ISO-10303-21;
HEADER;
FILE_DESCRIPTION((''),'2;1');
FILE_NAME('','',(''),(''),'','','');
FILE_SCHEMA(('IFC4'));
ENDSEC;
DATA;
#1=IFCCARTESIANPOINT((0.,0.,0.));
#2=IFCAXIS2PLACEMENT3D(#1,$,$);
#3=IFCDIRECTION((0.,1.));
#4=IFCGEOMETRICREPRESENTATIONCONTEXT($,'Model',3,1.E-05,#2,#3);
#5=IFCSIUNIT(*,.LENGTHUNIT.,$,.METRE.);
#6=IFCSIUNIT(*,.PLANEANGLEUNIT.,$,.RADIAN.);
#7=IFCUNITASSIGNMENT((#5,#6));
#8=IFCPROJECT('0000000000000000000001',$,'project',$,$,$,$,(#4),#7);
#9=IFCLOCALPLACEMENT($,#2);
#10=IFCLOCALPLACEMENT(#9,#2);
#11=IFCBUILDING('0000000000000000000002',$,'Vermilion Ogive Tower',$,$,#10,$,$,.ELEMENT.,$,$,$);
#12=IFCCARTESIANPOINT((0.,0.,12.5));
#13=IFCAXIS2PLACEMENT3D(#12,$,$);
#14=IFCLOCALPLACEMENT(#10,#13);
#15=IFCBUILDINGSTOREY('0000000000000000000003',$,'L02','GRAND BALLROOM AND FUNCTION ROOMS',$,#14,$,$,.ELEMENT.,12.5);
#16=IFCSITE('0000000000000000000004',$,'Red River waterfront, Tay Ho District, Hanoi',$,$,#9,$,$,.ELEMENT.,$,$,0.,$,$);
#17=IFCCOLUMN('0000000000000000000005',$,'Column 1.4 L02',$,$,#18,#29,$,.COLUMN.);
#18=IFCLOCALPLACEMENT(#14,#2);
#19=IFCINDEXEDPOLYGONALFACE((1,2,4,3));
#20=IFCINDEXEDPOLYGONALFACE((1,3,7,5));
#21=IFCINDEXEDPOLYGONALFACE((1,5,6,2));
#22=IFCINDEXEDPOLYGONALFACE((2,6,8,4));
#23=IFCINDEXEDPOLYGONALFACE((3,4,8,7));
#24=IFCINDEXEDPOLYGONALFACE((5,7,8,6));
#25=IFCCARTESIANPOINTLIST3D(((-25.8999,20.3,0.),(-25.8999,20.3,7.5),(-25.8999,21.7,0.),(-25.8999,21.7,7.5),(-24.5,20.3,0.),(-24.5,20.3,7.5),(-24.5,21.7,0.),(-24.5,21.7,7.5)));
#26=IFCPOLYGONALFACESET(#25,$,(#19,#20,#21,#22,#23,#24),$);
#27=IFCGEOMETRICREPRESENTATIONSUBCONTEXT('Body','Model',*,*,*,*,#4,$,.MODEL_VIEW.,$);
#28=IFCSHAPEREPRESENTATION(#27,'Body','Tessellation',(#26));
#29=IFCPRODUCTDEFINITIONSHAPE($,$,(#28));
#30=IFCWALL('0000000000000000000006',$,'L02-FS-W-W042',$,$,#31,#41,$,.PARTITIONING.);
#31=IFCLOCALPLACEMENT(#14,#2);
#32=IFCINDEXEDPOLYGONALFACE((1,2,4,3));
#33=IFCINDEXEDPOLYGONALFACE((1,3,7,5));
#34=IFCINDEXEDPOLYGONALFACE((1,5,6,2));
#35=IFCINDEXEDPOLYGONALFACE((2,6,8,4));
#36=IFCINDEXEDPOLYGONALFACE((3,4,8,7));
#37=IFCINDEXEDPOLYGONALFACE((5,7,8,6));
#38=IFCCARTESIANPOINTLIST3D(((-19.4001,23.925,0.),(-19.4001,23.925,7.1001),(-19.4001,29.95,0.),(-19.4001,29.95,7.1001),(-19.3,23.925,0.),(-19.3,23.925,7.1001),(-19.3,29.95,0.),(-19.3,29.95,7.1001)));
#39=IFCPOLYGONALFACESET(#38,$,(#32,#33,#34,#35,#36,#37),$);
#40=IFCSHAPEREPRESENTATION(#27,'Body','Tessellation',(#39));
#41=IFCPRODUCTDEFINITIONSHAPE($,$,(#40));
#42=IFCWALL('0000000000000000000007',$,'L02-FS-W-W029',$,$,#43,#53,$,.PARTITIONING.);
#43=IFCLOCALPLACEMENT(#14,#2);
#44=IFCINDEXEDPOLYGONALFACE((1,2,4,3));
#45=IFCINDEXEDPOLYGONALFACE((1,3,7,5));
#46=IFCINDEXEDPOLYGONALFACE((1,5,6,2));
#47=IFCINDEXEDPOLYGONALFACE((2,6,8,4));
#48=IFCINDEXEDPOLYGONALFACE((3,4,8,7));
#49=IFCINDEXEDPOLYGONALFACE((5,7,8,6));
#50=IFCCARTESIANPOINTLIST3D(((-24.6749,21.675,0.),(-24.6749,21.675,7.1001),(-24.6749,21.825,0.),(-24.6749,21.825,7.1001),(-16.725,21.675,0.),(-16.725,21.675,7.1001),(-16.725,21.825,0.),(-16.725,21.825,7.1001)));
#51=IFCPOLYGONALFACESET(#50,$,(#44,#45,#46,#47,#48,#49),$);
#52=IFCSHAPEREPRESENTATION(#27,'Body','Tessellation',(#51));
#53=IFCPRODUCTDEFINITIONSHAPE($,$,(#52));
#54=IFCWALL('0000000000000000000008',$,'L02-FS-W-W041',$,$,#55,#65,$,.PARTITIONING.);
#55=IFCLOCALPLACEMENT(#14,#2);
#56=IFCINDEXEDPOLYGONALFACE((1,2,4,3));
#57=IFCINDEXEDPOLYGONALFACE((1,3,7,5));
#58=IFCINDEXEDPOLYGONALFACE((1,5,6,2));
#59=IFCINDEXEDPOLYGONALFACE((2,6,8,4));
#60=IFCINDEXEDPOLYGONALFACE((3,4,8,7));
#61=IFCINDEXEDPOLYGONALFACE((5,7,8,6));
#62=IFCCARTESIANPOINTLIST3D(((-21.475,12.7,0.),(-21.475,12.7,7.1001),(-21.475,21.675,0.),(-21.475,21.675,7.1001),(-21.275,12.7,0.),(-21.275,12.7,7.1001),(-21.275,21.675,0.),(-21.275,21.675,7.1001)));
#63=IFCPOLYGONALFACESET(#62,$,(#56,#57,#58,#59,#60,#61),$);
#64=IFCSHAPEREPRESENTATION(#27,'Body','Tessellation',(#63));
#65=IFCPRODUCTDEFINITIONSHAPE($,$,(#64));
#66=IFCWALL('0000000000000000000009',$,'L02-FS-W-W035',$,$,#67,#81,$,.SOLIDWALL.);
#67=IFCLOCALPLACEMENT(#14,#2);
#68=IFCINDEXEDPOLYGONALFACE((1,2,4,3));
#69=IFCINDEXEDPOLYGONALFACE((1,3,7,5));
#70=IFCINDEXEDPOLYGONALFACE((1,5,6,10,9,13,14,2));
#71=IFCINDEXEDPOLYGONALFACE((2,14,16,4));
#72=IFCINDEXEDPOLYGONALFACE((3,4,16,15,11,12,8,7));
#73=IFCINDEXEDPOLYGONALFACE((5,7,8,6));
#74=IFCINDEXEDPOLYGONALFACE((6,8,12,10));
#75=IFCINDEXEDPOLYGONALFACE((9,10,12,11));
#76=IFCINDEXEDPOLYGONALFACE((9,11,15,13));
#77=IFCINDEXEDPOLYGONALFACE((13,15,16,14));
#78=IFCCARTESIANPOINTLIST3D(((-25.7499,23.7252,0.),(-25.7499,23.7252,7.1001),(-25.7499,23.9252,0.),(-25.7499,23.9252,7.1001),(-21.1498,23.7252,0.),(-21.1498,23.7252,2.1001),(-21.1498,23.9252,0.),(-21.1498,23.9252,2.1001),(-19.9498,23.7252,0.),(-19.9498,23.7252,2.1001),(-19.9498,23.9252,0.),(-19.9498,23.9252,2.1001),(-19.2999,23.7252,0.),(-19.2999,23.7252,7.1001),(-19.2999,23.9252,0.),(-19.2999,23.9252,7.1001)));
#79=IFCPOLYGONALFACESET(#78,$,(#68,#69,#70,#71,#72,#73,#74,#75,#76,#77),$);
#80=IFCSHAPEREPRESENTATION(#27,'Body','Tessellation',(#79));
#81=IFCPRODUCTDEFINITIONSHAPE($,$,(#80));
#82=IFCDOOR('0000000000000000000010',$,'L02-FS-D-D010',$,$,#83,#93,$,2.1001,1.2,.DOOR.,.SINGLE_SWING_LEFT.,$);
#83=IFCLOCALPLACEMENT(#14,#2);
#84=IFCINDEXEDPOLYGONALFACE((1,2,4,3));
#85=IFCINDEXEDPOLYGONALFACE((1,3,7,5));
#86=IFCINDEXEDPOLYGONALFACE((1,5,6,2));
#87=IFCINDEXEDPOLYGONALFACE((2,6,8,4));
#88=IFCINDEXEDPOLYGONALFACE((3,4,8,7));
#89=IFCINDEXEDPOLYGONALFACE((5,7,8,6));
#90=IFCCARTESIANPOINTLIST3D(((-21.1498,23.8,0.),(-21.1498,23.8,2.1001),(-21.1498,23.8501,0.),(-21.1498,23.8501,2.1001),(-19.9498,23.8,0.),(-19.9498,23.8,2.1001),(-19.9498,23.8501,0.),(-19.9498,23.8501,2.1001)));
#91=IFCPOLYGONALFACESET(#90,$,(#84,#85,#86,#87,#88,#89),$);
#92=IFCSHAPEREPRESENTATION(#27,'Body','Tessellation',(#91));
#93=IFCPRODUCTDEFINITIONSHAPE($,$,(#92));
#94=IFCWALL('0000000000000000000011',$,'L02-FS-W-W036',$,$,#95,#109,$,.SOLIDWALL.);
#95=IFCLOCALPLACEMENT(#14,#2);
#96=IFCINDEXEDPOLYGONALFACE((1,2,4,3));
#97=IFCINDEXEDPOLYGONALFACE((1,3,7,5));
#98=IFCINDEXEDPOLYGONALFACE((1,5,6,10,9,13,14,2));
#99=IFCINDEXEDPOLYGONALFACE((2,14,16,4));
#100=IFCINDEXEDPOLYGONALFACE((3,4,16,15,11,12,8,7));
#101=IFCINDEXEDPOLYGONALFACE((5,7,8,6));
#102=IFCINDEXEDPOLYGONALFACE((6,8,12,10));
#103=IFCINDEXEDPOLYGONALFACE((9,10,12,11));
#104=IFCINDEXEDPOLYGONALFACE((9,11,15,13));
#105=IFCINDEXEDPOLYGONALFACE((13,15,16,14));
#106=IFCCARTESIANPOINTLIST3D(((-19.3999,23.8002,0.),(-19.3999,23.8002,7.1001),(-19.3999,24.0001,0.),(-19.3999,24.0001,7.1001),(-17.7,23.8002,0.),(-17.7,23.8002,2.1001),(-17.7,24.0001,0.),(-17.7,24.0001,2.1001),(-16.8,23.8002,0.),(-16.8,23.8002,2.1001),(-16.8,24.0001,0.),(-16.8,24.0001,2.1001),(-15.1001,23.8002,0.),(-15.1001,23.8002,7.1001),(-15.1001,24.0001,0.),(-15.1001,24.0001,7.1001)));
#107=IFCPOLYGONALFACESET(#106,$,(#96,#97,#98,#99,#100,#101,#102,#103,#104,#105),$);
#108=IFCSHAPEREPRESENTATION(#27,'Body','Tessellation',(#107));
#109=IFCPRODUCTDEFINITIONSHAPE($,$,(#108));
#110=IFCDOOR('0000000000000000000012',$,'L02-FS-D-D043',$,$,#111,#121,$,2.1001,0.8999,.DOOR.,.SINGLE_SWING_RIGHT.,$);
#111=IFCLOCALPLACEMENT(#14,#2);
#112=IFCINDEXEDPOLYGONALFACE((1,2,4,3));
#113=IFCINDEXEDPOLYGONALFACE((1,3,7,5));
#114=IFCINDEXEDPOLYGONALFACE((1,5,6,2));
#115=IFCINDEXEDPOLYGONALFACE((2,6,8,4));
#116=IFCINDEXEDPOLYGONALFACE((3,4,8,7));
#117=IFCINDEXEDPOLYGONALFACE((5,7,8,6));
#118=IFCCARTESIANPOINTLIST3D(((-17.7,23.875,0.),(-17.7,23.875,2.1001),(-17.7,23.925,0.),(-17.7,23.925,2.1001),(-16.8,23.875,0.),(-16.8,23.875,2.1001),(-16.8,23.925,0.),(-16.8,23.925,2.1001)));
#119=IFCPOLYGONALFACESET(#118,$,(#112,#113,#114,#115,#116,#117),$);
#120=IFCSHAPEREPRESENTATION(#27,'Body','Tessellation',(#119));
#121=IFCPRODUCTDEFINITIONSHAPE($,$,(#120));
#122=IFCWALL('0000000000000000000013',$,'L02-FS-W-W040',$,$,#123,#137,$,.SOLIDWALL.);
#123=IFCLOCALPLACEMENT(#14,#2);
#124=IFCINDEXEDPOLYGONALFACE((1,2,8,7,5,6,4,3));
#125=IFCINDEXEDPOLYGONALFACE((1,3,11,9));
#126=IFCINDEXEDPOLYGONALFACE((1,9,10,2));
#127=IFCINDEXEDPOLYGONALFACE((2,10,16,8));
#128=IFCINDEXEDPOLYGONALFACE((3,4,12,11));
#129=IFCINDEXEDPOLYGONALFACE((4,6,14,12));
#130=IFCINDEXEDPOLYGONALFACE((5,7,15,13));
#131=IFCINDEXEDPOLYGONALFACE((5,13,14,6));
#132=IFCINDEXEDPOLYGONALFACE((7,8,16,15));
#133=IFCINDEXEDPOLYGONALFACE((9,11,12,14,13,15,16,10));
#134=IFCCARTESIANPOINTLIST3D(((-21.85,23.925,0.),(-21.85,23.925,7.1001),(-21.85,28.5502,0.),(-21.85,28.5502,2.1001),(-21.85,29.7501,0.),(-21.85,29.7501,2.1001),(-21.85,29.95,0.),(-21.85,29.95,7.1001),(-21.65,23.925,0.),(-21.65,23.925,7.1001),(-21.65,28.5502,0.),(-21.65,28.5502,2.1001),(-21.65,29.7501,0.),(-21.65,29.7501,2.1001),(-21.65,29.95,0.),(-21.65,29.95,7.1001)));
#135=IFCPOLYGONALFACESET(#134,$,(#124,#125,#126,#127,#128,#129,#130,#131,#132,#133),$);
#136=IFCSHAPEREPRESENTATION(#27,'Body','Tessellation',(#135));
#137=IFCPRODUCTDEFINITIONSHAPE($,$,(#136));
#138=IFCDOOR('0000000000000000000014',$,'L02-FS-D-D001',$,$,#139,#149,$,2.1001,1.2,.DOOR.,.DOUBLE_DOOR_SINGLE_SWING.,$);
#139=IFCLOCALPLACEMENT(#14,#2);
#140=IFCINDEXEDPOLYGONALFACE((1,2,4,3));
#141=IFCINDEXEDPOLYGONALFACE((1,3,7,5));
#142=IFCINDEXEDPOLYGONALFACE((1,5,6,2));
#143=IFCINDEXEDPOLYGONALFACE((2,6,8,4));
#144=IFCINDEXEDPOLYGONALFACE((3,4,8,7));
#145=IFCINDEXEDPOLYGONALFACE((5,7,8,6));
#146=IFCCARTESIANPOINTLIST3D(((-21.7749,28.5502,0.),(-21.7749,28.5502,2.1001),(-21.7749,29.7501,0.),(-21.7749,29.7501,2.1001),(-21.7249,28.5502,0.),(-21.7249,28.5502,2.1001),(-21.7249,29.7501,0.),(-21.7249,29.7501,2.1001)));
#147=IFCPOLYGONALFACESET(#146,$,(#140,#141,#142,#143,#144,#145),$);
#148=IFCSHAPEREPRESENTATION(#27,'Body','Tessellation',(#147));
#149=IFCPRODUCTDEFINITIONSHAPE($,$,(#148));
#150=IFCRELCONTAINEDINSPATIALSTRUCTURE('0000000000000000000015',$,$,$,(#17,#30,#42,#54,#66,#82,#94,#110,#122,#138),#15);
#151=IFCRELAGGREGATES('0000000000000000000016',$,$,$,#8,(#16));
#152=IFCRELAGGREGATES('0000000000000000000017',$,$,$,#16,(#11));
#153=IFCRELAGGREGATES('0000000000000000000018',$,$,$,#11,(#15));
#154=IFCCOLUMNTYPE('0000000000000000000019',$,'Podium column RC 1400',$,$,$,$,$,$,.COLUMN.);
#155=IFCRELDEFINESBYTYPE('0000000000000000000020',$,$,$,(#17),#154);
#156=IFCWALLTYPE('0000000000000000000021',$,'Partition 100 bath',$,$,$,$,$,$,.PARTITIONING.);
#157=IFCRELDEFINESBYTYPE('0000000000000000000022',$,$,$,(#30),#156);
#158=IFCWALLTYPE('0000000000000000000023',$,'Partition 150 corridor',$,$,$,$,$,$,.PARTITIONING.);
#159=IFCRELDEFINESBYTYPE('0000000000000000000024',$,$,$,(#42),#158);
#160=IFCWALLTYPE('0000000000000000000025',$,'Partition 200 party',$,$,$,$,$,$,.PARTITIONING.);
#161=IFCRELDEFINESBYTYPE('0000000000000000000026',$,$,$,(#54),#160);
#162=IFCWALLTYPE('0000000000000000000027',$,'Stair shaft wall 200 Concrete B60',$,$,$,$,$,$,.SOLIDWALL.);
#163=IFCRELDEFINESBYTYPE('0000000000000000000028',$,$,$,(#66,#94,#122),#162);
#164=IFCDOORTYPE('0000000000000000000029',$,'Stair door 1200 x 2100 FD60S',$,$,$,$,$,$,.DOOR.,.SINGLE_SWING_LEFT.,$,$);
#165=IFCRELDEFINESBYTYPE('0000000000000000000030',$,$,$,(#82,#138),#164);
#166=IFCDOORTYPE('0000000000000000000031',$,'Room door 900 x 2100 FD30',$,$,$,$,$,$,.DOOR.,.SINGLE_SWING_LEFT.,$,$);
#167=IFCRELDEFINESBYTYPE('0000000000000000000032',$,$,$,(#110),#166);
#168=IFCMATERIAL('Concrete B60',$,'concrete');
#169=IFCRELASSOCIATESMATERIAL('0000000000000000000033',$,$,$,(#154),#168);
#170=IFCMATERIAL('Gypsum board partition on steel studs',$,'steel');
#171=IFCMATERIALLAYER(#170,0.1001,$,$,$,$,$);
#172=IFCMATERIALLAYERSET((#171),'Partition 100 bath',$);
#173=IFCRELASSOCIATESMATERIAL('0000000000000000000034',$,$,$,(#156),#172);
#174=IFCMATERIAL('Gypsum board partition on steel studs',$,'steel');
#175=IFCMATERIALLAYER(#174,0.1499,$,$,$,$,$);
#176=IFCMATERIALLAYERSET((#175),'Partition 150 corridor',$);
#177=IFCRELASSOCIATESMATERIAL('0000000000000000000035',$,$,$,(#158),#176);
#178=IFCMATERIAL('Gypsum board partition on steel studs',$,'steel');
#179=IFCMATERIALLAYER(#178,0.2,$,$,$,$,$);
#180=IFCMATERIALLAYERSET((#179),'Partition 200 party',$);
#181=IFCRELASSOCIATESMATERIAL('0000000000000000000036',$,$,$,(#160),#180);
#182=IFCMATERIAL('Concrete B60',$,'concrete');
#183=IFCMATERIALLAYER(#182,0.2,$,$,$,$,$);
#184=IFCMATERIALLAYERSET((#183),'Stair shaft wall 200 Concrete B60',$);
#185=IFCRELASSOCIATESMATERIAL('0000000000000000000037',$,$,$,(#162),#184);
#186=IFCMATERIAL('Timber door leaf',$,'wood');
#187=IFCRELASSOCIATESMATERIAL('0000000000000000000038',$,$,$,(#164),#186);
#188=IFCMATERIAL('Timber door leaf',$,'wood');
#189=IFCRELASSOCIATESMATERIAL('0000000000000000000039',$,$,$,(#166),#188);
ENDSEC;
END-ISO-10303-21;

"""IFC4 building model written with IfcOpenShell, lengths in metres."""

from ifc_helpers import new_model, si_unit, direction, frame, frame_2d, origin, origin_2d, place, context, subcontext, project, spatial, rectangle, extrude, material, layer, layer_set, material_profile, profile_set, type_object, element, fill, save


model = new_model("IFC4")

# Units and contexts
model_context = context("Model", 3, precision=1e-05, world=origin(), true_north=direction((0.0, 1.0)))
body_context = subcontext(model_context, "Body", "Model", "MODEL_VIEW")
ifc_project = project(units=[si_unit("LENGTHUNIT", "METRE"), si_unit("PLANEANGLEUNIT", "RADIAN")], contexts=[model_context])

# Site, building, storey
site_placement = place(None, origin())
site = spatial("IfcSite", under=ifc_project, at=site_placement, Name="Red River waterfront, Tay Ho District, Hanoi", CompositionType="ELEMENT", RefElevation=0.0)
building_placement = place(site_placement, origin())
building = spatial("IfcBuilding", under=site, at=building_placement, Name="Vermilion Ogive Tower", CompositionType="ELEMENT")
storey_placement = place(building_placement, frame((0.0, 0.0, 12.5)))
storey = spatial("IfcBuildingStorey", under=building, at=storey_placement, Name="L02", Description="GRAND BALLROOM AND FUNCTION ROOMS", CompositionType="ELEMENT", Elevation=12.5)

# Column
ifc_material_1 = material(Name="Concrete B60", Category="concrete")
ifc_material_profile = material_profile(ifc_material_1, rectangle(XDim=1.3999, YDim=1.3999, at=origin_2d()), Name="RC 1400x1400")
ifc_profile_set = profile_set([ifc_material_profile], Name="Concrete B60")
column_type = type_object("IfcColumnType", Name="Podium column RC 1400", PredefinedType="COLUMN", material=ifc_profile_set)
column_placement = place(storey_placement, frame((-25.2, 21.0, 0.0), z_axis=(0.0, 0.0, 1.0), x_axis=(1.0, 0.0, 0.0)))
element("IfcColumn", 1, at=column_placement, inside=storey, type_object=column_type, Name="Column 1.4 L02", PredefinedType="COLUMN", context=body_context, shape_type="SweptSolid", body=[
    extrude(rectangle(XDim=1.3999, YDim=1.3999, at=origin_2d()), origin(), (0.0, 0.0, 1.0), 7.5),
])

# Walls
ifc_material_2 = material(Name="Gypsum board partition on steel studs", Category="steel")
ifc_layer_1 = layer(ifc_material_2, 0.1001)
ifc_layer_set_1 = layer_set([ifc_layer_1], Name="Partition 100 bath")
wall_type_1 = type_object("IfcWallType", Name="Partition 100 bath", PredefinedType="PARTITIONING", material=ifc_layer_set_1)
wall_1_placement = place(storey_placement, frame((-19.3501, 23.925, 0.0), z_axis=(0.0, 0.0, 1.0), x_axis=(0.0, 1.0, 0.0)))
element("IfcWall", 2, at=wall_1_placement, inside=storey, type_object=wall_type_1, Name="L02-FS-W-W042", PredefinedType="PARTITIONING", context=body_context, shape_type="SweptSolid", body=[
    extrude(rectangle(XDim=6.0249, YDim=0.1001, at=frame_2d((3.0125, 0.0))), origin(), (0.0, 0.0, 1.0), 7.1001),
])
ifc_material_3 = material(Name="Gypsum board partition on steel studs", Category="steel")
ifc_layer_2 = layer(ifc_material_3, 0.1499)
ifc_layer_set_2 = layer_set([ifc_layer_2], Name="Partition 150 corridor")
wall_type_2 = type_object("IfcWallType", Name="Partition 150 corridor", PredefinedType="PARTITIONING", material=ifc_layer_set_2)
wall_2_placement = place(storey_placement, frame((-24.675, 21.75, 0.0), z_axis=(0.0, 0.0, 1.0), x_axis=(1.0, 0.0, 0.0)))
element("IfcWall", 3, at=wall_2_placement, inside=storey, type_object=wall_type_2, Name="L02-FS-W-W029", PredefinedType="PARTITIONING", context=body_context, shape_type="SweptSolid", body=[
    extrude(rectangle(XDim=7.95, YDim=0.1499, at=frame_2d((3.9751, 0.0))), origin(), (0.0, 0.0, 1.0), 7.1001),
])
ifc_material_4 = material(Name="Gypsum board partition on steel studs", Category="steel")
ifc_layer_3 = layer(ifc_material_4, 0.2)
ifc_layer_set_3 = layer_set([ifc_layer_3], Name="Partition 200 party")
wall_type_3 = type_object("IfcWallType", Name="Partition 200 party", PredefinedType="PARTITIONING", material=ifc_layer_set_3)
wall_3_placement = place(storey_placement, frame((-21.375, 12.7, 0.0), z_axis=(0.0, 0.0, 1.0), x_axis=(0.0, 1.0, 0.0)))
element("IfcWall", 4, at=wall_3_placement, inside=storey, type_object=wall_type_3, Name="L02-FS-W-W041", PredefinedType="PARTITIONING", context=body_context, shape_type="SweptSolid", body=[
    extrude(rectangle(XDim=8.9751, YDim=0.2, at=frame_2d((4.4875, 0.0))), origin(), (0.0, 0.0, 1.0), 7.1001),
])

# Walls, openings, doors
ifc_material_5 = material(Name="Concrete B60", Category="concrete")
ifc_layer_4 = layer(ifc_material_5, 0.2)
ifc_layer_set_4 = layer_set([ifc_layer_4], Name="Stair shaft wall 200 Concrete B60")
wall_type_4 = type_object("IfcWallType", Name="Stair shaft wall 200 Concrete B60", PredefinedType="SOLIDWALL", material=ifc_layer_set_4)
wall_4_placement = place(storey_placement, frame((-25.75, 23.8252, 0.0), z_axis=(0.0, 0.0, 1.0), x_axis=(1.0, 0.0, 0.0)))
wall_4 = element("IfcWall", 5, at=wall_4_placement, inside=storey, type_object=wall_type_4, Name="L02-FS-W-W035", PredefinedType="SOLIDWALL", context=body_context, shape_type="SweptSolid", body=[
    extrude(rectangle(XDim=6.45, YDim=0.2, at=frame_2d((3.2251, 0.0))), origin(), (0.0, 0.0, 1.0), 7.1001),
])
opening_1_placement = place(wall_4_placement, frame((4.6001, 0.0, 0.0)))
opening_1 = element("IfcOpeningElement", 6, at=opening_1_placement, cuts=wall_4, PredefinedType="OPENING", context=body_context, shape_type="SweptSolid", body=[
    extrude(rectangle(XDim=1.2, YDim=2.1001, at=frame_2d((0.6001, 1.05))), frame((0.0, 0.1099, 0.0), z_axis=(0.0, -1.0, 0.0), x_axis=(1.0, 0.0, 0.0)), (0.0, 0.0, 1.0), 0.22),
])
ifc_material_6 = material(Name="Timber door leaf", Category="wood")
door_type_1 = type_object("IfcDoorType", Name="Stair door 1200 x 2100 FD60S", OperationType="SINGLE_SWING_LEFT", PredefinedType="DOOR", material=ifc_material_6)
door_1_placement = place(opening_1_placement, origin())
door_1 = element("IfcDoor", 7, at=door_1_placement, inside=storey, type_object=door_type_1, Name="L02-FS-D-D010", OperationType="SINGLE_SWING_LEFT", OverallHeight=2.1001, OverallWidth=1.2, PredefinedType="DOOR", context=body_context, shape_type="SweptSolid", body=[
    extrude(rectangle(XDim=1.2, YDim=2.1001, at=frame_2d((0.6001, 1.05))), frame((0.0, 0.0249, 0.0), z_axis=(0.0, -1.0, 0.0), x_axis=(1.0, 0.0, 0.0)), (0.0, 0.0, 1.0), 0.05),
])
fill(opening_1, door_1)
wall_5_placement = place(storey_placement, frame((-19.3999, 23.9001, 0.0), z_axis=(0.0, 0.0, 1.0), x_axis=(1.0, 0.0, 0.0)))
wall_5 = element("IfcWall", 8, at=wall_5_placement, inside=storey, type_object=wall_type_4, Name="L02-FS-W-W036", PredefinedType="SOLIDWALL", context=body_context, shape_type="SweptSolid", body=[
    extrude(rectangle(XDim=4.2998, YDim=0.2, at=frame_2d((2.1499, 0.0))), origin(), (0.0, 0.0, 1.0), 7.1001),
])
opening_2_placement = place(wall_5_placement, frame((1.7, 0.0, 0.0)))
opening_2 = element("IfcOpeningElement", 9, at=opening_2_placement, cuts=wall_5, PredefinedType="OPENING", context=body_context, shape_type="SweptSolid", body=[
    extrude(rectangle(XDim=0.8999, YDim=2.1001, at=frame_2d((0.45, 1.05))), frame((0.0, 0.1099, 0.0), z_axis=(0.0, -1.0, 0.0), x_axis=(1.0, 0.0, 0.0)), (0.0, 0.0, 1.0), 0.22),
])
ifc_material_7 = material(Name="Timber door leaf", Category="wood")
door_type_2 = type_object("IfcDoorType", Name="Room door 900 x 2100 FD30", OperationType="SINGLE_SWING_LEFT", PredefinedType="DOOR", material=ifc_material_7)
door_2_placement = place(opening_2_placement, origin())
door_2 = element("IfcDoor", 10, at=door_2_placement, inside=storey, type_object=door_type_2, Name="L02-FS-D-D043", OperationType="SINGLE_SWING_RIGHT", OverallHeight=2.1001, OverallWidth=0.8999, PredefinedType="DOOR", context=body_context, shape_type="SweptSolid", body=[
    extrude(rectangle(XDim=0.8999, YDim=2.1001, at=frame_2d((0.45, 1.05))), frame((0.0, 0.0249, 0.0), z_axis=(0.0, -1.0, 0.0), x_axis=(1.0, 0.0, 0.0)), (0.0, 0.0, 1.0), 0.05),
])
fill(opening_2, door_2)
wall_6_placement = place(storey_placement, frame((-21.75, 23.925, 0.0), z_axis=(0.0, 0.0, 1.0), x_axis=(0.0, 1.0, 0.0)))
wall_6 = element("IfcWall", 11, at=wall_6_placement, inside=storey, type_object=wall_type_4, Name="L02-FS-W-W040", PredefinedType="SOLIDWALL", context=body_context, shape_type="SweptSolid", body=[
    extrude(rectangle(XDim=6.0249, YDim=0.2, at=frame_2d((3.0125, 0.0))), origin(), (0.0, 0.0, 1.0), 7.1001),
])
opening_3_placement = place(wall_6_placement, frame((4.625, 0.0, 0.0)))
opening_3 = element("IfcOpeningElement", 12, at=opening_3_placement, cuts=wall_6, PredefinedType="OPENING", context=body_context, shape_type="SweptSolid", body=[
    extrude(rectangle(XDim=1.2, YDim=2.1001, at=frame_2d((0.6001, 1.05))), frame((0.0, 0.1099, 0.0), z_axis=(0.0, -1.0, 0.0), x_axis=(1.0, 0.0, 0.0)), (0.0, 0.0, 1.0), 0.22),
])
door_3_placement = place(opening_3_placement, origin())
door_3 = element("IfcDoor", 13, at=door_3_placement, inside=storey, type_object=door_type_1, Name="L02-FS-D-D001", OperationType="DOUBLE_DOOR_SINGLE_SWING", OverallHeight=2.1001, OverallWidth=1.2, PredefinedType="DOOR", context=body_context, shape_type="SweptSolid", body=[
    extrude(rectangle(XDim=1.2, YDim=2.1001, at=frame_2d((0.6001, 1.05))), frame((0.0, 0.0249, 0.0), z_axis=(0.0, -1.0, 0.0), x_axis=(1.0, 0.0, 0.0)), (0.0, 0.0, 1.0), 0.05),
])
fill(opening_3, door_3)

save(model, "model.ifc")
